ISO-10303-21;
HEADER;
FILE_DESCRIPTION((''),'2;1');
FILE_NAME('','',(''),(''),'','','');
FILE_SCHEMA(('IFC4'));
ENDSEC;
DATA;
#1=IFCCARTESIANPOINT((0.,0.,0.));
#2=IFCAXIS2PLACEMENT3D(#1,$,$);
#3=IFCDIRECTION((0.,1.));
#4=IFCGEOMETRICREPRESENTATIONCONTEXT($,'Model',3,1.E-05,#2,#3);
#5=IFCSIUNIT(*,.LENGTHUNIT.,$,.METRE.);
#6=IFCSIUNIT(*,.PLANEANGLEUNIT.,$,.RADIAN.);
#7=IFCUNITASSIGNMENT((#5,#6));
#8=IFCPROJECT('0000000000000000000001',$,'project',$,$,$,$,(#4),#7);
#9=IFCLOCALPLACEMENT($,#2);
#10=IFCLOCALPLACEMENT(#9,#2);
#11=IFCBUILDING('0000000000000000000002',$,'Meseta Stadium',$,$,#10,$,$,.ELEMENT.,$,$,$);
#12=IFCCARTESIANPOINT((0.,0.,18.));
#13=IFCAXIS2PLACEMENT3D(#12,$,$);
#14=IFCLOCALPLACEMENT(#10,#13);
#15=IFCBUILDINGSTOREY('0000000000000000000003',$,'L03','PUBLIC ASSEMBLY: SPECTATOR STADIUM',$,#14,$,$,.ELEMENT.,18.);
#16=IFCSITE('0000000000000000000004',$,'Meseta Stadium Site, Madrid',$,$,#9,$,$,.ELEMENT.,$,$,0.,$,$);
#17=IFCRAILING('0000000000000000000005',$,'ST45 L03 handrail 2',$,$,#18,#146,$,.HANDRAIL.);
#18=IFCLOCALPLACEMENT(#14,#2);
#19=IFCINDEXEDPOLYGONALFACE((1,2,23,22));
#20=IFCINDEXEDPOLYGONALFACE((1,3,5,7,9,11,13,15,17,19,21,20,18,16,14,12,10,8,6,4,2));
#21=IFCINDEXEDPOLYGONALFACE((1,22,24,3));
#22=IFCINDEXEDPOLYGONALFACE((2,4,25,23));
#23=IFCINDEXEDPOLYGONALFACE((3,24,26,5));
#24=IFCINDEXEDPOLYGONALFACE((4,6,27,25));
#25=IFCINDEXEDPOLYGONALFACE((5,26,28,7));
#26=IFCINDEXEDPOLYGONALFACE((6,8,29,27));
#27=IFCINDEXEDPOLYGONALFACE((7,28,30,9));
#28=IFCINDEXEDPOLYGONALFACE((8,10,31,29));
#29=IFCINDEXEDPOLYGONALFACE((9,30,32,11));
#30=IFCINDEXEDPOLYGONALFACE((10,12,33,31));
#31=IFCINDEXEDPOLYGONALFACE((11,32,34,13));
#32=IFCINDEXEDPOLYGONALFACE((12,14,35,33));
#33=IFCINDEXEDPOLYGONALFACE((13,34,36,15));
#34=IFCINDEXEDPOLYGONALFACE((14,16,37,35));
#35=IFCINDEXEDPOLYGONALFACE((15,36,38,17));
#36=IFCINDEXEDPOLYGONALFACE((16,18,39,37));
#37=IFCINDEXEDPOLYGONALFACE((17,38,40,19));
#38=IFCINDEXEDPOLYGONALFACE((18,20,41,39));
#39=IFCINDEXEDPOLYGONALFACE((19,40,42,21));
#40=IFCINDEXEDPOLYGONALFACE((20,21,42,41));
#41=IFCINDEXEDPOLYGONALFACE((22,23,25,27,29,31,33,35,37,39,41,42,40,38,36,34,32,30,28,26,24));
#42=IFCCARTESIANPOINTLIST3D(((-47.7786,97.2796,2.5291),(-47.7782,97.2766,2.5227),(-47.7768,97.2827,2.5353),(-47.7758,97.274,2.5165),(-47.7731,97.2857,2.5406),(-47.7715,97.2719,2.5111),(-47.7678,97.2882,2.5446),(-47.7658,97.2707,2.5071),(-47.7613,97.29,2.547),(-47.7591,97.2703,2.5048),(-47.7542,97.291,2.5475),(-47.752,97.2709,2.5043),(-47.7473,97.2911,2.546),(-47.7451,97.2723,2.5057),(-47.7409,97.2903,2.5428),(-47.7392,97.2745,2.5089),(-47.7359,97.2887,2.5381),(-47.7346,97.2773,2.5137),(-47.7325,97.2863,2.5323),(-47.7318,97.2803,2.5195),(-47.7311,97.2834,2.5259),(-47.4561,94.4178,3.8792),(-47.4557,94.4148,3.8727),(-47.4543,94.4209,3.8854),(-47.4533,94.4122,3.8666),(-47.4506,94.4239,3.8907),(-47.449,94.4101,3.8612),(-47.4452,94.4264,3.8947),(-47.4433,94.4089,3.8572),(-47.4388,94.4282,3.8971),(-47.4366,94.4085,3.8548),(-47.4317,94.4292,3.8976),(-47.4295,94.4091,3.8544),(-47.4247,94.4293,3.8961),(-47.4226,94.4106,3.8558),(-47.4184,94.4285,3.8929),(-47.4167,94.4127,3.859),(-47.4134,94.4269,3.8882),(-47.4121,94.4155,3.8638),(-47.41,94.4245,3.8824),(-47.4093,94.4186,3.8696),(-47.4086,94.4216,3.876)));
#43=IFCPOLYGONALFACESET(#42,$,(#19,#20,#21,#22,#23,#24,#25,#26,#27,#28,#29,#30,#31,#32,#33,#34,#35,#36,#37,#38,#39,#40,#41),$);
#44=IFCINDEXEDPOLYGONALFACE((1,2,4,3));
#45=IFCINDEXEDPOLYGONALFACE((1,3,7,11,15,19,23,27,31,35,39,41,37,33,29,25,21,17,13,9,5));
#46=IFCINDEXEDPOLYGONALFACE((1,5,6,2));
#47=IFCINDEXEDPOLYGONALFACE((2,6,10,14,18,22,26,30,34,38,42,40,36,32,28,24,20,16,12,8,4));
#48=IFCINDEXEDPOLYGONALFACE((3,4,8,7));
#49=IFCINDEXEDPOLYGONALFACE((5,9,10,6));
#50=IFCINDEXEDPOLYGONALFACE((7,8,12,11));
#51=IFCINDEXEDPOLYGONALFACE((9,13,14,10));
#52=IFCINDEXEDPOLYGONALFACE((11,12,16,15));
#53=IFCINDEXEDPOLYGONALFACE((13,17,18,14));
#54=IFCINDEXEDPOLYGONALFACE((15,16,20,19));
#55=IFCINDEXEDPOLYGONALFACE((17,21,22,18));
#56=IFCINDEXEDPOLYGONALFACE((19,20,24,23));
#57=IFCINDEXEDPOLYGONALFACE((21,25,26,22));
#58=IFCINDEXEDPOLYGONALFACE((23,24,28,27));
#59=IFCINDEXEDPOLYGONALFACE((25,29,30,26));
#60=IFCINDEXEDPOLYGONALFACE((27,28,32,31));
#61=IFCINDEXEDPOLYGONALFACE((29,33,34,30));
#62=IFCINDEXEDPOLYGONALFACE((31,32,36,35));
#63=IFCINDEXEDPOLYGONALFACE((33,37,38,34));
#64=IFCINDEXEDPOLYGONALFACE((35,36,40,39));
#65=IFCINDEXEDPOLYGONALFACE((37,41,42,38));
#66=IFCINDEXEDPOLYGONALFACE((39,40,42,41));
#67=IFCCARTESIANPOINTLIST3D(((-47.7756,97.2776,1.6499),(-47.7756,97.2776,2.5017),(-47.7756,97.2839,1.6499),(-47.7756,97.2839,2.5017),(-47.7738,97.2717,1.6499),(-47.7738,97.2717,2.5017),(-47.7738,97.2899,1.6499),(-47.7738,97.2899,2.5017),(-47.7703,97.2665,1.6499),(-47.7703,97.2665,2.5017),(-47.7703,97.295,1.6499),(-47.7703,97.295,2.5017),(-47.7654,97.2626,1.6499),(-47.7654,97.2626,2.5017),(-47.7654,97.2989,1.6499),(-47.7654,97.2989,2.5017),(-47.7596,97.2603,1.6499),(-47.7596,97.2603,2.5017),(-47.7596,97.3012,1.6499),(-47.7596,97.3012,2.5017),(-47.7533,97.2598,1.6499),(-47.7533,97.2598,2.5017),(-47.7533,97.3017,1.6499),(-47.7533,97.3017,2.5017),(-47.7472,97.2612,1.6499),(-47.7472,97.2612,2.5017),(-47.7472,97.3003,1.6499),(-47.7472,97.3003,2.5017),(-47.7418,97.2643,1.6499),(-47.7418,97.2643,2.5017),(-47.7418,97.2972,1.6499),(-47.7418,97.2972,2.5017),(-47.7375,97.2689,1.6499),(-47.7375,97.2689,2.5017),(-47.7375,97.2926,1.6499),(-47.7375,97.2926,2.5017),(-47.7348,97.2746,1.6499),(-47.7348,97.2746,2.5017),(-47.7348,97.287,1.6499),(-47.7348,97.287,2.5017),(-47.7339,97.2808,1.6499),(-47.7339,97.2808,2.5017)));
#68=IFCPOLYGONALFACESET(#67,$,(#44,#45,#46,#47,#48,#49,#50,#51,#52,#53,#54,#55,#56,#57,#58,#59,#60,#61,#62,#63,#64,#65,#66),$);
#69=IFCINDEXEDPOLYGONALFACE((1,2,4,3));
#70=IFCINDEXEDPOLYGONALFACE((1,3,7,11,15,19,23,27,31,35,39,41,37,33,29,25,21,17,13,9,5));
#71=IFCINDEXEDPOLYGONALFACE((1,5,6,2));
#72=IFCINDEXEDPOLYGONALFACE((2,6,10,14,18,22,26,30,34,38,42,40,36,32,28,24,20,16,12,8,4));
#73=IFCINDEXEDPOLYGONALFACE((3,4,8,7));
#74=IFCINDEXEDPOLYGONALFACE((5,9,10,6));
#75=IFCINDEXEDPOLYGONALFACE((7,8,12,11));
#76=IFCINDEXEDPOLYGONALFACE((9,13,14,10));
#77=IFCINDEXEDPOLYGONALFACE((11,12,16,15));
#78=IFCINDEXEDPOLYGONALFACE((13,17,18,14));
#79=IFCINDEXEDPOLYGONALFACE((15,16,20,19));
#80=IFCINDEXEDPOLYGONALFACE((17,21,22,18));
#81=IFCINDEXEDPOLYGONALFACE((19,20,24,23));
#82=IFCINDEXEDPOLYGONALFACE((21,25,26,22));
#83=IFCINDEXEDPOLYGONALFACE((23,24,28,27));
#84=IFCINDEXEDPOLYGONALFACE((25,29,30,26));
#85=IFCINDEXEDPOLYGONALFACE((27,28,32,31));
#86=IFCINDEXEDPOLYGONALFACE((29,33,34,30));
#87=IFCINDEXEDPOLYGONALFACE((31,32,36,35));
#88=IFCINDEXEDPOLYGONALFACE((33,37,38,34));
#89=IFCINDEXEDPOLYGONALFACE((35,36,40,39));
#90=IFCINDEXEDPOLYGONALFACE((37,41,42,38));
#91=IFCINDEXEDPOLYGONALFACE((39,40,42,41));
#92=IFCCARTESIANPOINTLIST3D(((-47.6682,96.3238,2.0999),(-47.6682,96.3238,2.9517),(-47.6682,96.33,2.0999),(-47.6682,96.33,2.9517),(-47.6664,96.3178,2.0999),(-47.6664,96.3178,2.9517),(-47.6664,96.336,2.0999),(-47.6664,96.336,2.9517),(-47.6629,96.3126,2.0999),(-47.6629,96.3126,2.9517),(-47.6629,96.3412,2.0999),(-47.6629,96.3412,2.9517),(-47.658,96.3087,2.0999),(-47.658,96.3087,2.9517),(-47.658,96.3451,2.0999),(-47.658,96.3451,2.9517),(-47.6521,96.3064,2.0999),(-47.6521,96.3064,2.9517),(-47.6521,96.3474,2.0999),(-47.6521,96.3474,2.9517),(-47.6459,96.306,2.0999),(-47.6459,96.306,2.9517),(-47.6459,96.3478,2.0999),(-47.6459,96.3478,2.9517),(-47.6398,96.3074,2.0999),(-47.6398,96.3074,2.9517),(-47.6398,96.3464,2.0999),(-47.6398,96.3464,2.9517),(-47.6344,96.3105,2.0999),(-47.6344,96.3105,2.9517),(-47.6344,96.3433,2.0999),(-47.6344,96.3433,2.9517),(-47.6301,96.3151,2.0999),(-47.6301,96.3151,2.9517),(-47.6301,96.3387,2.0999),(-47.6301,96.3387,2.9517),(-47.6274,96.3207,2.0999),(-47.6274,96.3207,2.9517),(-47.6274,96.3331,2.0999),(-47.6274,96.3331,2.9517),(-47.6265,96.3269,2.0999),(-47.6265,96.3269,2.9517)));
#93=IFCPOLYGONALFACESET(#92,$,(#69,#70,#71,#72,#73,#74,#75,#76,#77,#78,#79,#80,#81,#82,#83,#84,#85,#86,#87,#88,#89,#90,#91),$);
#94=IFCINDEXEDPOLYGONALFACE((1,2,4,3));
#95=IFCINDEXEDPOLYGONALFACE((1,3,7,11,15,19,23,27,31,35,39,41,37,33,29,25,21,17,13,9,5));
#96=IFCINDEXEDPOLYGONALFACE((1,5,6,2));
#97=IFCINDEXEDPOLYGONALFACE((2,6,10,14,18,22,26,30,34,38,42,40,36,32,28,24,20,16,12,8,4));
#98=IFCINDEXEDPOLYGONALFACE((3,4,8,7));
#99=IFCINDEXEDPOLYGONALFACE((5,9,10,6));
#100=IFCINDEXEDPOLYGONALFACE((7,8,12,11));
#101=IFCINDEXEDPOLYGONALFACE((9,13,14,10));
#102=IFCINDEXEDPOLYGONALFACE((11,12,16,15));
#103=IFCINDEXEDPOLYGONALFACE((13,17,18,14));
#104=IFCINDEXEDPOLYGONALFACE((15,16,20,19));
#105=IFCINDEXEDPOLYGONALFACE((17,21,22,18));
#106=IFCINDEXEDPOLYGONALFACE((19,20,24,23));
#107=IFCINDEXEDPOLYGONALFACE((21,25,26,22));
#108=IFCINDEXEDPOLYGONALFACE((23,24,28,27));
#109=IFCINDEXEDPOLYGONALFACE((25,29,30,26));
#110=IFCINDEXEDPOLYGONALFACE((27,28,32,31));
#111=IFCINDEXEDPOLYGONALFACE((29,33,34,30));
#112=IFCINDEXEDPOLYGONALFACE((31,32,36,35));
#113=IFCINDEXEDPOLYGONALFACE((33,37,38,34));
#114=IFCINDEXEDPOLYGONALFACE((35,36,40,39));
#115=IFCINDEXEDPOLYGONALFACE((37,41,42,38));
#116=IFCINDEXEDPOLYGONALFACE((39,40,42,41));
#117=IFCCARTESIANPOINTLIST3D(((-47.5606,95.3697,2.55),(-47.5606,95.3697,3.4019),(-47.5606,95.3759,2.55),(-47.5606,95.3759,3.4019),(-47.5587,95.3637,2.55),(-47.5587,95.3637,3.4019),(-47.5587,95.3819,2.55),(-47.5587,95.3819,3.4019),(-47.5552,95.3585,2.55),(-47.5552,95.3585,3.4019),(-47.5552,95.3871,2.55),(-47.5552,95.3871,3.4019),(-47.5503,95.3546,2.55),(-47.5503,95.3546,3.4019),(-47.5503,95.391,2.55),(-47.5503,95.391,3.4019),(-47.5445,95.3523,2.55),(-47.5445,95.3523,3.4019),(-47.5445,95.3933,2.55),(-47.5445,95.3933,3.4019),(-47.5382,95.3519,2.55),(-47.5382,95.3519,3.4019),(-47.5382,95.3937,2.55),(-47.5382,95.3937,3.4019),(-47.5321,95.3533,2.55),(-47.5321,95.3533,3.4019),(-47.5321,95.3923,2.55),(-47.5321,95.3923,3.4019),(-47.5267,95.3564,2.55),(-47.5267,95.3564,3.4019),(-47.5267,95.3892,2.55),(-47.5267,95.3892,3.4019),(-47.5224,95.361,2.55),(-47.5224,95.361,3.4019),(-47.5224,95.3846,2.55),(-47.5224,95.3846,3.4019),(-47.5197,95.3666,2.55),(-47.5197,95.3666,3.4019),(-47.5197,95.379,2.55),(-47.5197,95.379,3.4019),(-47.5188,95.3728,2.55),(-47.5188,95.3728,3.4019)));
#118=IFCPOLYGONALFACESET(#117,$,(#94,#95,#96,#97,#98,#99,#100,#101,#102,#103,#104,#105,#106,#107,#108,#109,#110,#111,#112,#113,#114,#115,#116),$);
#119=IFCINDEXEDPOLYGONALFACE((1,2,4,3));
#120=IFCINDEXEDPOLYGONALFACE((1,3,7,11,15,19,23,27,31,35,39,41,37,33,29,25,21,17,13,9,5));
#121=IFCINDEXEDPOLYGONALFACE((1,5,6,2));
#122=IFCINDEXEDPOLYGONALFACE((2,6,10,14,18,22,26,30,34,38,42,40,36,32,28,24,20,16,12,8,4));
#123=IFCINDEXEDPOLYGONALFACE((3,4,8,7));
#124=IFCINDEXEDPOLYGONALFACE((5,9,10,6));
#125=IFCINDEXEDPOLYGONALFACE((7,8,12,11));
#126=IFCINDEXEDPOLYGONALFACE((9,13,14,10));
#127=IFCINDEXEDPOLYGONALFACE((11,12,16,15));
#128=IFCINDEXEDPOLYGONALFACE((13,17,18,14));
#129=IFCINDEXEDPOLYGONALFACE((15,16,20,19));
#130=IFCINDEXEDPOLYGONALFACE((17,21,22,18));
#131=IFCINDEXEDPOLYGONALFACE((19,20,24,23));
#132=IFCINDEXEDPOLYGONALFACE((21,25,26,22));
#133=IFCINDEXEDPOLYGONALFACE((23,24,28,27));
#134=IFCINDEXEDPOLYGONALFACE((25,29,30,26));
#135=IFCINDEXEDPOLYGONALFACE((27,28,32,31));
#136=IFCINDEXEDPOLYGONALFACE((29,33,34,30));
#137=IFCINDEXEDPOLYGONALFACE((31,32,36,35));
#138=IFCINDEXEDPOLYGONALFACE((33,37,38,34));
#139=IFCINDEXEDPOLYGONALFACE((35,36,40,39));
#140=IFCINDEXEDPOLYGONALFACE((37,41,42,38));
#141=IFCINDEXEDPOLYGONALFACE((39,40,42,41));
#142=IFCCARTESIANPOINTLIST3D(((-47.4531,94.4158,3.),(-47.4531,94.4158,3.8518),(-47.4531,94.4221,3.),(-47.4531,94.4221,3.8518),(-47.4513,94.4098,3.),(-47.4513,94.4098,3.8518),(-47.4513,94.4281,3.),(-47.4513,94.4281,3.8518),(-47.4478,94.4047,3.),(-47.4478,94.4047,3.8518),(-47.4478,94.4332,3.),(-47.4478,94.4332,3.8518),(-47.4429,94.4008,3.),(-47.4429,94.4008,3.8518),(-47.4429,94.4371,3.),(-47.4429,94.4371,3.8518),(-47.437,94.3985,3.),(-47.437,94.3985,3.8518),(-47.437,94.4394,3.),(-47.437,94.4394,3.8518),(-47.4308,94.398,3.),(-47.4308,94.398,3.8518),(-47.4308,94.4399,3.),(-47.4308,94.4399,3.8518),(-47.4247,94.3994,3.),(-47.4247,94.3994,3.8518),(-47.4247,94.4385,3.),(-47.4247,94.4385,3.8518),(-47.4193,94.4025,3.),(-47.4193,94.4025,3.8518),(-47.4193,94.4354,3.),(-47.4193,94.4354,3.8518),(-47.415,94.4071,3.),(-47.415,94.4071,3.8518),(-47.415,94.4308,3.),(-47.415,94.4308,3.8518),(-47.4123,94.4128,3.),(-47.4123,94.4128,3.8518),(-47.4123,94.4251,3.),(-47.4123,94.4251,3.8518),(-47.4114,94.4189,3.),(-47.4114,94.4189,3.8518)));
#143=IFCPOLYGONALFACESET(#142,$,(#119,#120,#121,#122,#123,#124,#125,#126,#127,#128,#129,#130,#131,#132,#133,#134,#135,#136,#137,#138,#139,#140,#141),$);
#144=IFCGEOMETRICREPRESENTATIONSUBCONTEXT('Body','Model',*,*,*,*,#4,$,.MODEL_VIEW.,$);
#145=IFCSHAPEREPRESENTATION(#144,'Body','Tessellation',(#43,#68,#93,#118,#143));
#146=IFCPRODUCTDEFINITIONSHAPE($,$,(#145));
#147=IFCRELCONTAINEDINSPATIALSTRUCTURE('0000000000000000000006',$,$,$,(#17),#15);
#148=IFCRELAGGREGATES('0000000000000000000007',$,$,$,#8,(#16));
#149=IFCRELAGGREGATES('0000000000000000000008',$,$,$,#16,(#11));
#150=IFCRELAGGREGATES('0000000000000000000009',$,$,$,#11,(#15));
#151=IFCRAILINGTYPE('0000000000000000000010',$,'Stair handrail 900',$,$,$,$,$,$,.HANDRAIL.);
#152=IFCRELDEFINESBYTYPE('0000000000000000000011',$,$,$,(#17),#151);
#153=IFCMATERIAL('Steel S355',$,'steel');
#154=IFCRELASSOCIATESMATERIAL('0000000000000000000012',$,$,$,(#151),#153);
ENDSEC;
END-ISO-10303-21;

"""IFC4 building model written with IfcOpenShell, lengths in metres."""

from ifc_helpers import new_model, si_unit, direction, frame, origin, origin_2d, place, context, subcontext, project, spatial, circle, extrude, material, type_object, element, save


model = new_model("IFC4")

# Units and contexts
model_context = context("Model", 3, precision=1e-05, world=origin(), true_north=direction((0.0, 1.0)))
body_context = subcontext(model_context, "Body", "Model", "MODEL_VIEW")
ifc_project = project(units=[si_unit("LENGTHUNIT", "METRE"), si_unit("PLANEANGLEUNIT", "RADIAN")], contexts=[model_context])

# Site, building, storey
site_placement = place(None, origin())
site = spatial("IfcSite", under=ifc_project, at=site_placement, Name="Meseta Stadium Site, Madrid", CompositionType="ELEMENT", RefElevation=0.0)
building_placement = place(site_placement, origin())
building = spatial("IfcBuilding", under=site, at=building_placement, Name="Meseta Stadium", CompositionType="ELEMENT")
storey_placement = place(building_placement, frame((0.0, 0.0, 18.0)))
storey = spatial("IfcBuildingStorey", under=building, at=storey_placement, Name="L03", Description="PUBLIC ASSEMBLY: SPECTATOR STADIUM", CompositionType="ELEMENT", Elevation=18.0)

# Railing
ifc_material_1 = material(Name="Steel S355", Category="steel")
railing_type_1 = type_object("IfcRailingType", Name="Stair handrail 900", PredefinedType="HANDRAIL", material=ifc_material_1)
railing_1_placement = place(storey_placement, frame((-47.7549, 97.2808, 1.6499)))
element("IfcRailing", 1, at=railing_1_placement, inside=storey, type_object=railing_type_1, Name="ST45 L03 handrail 2", PredefinedType="HANDRAIL", context=body_context, shape_type="SweptSolid", body=[
    extrude(circle(Radius=0.0239, at=origin_2d()), frame((0.0, 0.0, 0.876), z_axis=(0.101396, -0.899748, 0.424467), x_axis=(0.99371, 0.111985, 0.0)), (0.0, 0.0, 1.0), 3.1807),
    extrude(circle(Radius=0.021, at=origin_2d()), origin(), (0.0, 0.0, 1.0), 0.8518),
    extrude(circle(Radius=0.021, at=origin_2d()), frame((0.1074, -0.9539, 0.45)), (0.0, 0.0, 1.0), 0.8518),
    extrude(circle(Radius=0.021, at=origin_2d()), frame((0.2151, -1.908, 0.9001)), (0.0, 0.0, 1.0), 0.8518),
    extrude(circle(Radius=0.021, at=origin_2d()), frame((0.3225, -2.8618, 1.3501)), (0.0, 0.0, 1.0), 0.8518),
])

save(model, "model.ifc")
